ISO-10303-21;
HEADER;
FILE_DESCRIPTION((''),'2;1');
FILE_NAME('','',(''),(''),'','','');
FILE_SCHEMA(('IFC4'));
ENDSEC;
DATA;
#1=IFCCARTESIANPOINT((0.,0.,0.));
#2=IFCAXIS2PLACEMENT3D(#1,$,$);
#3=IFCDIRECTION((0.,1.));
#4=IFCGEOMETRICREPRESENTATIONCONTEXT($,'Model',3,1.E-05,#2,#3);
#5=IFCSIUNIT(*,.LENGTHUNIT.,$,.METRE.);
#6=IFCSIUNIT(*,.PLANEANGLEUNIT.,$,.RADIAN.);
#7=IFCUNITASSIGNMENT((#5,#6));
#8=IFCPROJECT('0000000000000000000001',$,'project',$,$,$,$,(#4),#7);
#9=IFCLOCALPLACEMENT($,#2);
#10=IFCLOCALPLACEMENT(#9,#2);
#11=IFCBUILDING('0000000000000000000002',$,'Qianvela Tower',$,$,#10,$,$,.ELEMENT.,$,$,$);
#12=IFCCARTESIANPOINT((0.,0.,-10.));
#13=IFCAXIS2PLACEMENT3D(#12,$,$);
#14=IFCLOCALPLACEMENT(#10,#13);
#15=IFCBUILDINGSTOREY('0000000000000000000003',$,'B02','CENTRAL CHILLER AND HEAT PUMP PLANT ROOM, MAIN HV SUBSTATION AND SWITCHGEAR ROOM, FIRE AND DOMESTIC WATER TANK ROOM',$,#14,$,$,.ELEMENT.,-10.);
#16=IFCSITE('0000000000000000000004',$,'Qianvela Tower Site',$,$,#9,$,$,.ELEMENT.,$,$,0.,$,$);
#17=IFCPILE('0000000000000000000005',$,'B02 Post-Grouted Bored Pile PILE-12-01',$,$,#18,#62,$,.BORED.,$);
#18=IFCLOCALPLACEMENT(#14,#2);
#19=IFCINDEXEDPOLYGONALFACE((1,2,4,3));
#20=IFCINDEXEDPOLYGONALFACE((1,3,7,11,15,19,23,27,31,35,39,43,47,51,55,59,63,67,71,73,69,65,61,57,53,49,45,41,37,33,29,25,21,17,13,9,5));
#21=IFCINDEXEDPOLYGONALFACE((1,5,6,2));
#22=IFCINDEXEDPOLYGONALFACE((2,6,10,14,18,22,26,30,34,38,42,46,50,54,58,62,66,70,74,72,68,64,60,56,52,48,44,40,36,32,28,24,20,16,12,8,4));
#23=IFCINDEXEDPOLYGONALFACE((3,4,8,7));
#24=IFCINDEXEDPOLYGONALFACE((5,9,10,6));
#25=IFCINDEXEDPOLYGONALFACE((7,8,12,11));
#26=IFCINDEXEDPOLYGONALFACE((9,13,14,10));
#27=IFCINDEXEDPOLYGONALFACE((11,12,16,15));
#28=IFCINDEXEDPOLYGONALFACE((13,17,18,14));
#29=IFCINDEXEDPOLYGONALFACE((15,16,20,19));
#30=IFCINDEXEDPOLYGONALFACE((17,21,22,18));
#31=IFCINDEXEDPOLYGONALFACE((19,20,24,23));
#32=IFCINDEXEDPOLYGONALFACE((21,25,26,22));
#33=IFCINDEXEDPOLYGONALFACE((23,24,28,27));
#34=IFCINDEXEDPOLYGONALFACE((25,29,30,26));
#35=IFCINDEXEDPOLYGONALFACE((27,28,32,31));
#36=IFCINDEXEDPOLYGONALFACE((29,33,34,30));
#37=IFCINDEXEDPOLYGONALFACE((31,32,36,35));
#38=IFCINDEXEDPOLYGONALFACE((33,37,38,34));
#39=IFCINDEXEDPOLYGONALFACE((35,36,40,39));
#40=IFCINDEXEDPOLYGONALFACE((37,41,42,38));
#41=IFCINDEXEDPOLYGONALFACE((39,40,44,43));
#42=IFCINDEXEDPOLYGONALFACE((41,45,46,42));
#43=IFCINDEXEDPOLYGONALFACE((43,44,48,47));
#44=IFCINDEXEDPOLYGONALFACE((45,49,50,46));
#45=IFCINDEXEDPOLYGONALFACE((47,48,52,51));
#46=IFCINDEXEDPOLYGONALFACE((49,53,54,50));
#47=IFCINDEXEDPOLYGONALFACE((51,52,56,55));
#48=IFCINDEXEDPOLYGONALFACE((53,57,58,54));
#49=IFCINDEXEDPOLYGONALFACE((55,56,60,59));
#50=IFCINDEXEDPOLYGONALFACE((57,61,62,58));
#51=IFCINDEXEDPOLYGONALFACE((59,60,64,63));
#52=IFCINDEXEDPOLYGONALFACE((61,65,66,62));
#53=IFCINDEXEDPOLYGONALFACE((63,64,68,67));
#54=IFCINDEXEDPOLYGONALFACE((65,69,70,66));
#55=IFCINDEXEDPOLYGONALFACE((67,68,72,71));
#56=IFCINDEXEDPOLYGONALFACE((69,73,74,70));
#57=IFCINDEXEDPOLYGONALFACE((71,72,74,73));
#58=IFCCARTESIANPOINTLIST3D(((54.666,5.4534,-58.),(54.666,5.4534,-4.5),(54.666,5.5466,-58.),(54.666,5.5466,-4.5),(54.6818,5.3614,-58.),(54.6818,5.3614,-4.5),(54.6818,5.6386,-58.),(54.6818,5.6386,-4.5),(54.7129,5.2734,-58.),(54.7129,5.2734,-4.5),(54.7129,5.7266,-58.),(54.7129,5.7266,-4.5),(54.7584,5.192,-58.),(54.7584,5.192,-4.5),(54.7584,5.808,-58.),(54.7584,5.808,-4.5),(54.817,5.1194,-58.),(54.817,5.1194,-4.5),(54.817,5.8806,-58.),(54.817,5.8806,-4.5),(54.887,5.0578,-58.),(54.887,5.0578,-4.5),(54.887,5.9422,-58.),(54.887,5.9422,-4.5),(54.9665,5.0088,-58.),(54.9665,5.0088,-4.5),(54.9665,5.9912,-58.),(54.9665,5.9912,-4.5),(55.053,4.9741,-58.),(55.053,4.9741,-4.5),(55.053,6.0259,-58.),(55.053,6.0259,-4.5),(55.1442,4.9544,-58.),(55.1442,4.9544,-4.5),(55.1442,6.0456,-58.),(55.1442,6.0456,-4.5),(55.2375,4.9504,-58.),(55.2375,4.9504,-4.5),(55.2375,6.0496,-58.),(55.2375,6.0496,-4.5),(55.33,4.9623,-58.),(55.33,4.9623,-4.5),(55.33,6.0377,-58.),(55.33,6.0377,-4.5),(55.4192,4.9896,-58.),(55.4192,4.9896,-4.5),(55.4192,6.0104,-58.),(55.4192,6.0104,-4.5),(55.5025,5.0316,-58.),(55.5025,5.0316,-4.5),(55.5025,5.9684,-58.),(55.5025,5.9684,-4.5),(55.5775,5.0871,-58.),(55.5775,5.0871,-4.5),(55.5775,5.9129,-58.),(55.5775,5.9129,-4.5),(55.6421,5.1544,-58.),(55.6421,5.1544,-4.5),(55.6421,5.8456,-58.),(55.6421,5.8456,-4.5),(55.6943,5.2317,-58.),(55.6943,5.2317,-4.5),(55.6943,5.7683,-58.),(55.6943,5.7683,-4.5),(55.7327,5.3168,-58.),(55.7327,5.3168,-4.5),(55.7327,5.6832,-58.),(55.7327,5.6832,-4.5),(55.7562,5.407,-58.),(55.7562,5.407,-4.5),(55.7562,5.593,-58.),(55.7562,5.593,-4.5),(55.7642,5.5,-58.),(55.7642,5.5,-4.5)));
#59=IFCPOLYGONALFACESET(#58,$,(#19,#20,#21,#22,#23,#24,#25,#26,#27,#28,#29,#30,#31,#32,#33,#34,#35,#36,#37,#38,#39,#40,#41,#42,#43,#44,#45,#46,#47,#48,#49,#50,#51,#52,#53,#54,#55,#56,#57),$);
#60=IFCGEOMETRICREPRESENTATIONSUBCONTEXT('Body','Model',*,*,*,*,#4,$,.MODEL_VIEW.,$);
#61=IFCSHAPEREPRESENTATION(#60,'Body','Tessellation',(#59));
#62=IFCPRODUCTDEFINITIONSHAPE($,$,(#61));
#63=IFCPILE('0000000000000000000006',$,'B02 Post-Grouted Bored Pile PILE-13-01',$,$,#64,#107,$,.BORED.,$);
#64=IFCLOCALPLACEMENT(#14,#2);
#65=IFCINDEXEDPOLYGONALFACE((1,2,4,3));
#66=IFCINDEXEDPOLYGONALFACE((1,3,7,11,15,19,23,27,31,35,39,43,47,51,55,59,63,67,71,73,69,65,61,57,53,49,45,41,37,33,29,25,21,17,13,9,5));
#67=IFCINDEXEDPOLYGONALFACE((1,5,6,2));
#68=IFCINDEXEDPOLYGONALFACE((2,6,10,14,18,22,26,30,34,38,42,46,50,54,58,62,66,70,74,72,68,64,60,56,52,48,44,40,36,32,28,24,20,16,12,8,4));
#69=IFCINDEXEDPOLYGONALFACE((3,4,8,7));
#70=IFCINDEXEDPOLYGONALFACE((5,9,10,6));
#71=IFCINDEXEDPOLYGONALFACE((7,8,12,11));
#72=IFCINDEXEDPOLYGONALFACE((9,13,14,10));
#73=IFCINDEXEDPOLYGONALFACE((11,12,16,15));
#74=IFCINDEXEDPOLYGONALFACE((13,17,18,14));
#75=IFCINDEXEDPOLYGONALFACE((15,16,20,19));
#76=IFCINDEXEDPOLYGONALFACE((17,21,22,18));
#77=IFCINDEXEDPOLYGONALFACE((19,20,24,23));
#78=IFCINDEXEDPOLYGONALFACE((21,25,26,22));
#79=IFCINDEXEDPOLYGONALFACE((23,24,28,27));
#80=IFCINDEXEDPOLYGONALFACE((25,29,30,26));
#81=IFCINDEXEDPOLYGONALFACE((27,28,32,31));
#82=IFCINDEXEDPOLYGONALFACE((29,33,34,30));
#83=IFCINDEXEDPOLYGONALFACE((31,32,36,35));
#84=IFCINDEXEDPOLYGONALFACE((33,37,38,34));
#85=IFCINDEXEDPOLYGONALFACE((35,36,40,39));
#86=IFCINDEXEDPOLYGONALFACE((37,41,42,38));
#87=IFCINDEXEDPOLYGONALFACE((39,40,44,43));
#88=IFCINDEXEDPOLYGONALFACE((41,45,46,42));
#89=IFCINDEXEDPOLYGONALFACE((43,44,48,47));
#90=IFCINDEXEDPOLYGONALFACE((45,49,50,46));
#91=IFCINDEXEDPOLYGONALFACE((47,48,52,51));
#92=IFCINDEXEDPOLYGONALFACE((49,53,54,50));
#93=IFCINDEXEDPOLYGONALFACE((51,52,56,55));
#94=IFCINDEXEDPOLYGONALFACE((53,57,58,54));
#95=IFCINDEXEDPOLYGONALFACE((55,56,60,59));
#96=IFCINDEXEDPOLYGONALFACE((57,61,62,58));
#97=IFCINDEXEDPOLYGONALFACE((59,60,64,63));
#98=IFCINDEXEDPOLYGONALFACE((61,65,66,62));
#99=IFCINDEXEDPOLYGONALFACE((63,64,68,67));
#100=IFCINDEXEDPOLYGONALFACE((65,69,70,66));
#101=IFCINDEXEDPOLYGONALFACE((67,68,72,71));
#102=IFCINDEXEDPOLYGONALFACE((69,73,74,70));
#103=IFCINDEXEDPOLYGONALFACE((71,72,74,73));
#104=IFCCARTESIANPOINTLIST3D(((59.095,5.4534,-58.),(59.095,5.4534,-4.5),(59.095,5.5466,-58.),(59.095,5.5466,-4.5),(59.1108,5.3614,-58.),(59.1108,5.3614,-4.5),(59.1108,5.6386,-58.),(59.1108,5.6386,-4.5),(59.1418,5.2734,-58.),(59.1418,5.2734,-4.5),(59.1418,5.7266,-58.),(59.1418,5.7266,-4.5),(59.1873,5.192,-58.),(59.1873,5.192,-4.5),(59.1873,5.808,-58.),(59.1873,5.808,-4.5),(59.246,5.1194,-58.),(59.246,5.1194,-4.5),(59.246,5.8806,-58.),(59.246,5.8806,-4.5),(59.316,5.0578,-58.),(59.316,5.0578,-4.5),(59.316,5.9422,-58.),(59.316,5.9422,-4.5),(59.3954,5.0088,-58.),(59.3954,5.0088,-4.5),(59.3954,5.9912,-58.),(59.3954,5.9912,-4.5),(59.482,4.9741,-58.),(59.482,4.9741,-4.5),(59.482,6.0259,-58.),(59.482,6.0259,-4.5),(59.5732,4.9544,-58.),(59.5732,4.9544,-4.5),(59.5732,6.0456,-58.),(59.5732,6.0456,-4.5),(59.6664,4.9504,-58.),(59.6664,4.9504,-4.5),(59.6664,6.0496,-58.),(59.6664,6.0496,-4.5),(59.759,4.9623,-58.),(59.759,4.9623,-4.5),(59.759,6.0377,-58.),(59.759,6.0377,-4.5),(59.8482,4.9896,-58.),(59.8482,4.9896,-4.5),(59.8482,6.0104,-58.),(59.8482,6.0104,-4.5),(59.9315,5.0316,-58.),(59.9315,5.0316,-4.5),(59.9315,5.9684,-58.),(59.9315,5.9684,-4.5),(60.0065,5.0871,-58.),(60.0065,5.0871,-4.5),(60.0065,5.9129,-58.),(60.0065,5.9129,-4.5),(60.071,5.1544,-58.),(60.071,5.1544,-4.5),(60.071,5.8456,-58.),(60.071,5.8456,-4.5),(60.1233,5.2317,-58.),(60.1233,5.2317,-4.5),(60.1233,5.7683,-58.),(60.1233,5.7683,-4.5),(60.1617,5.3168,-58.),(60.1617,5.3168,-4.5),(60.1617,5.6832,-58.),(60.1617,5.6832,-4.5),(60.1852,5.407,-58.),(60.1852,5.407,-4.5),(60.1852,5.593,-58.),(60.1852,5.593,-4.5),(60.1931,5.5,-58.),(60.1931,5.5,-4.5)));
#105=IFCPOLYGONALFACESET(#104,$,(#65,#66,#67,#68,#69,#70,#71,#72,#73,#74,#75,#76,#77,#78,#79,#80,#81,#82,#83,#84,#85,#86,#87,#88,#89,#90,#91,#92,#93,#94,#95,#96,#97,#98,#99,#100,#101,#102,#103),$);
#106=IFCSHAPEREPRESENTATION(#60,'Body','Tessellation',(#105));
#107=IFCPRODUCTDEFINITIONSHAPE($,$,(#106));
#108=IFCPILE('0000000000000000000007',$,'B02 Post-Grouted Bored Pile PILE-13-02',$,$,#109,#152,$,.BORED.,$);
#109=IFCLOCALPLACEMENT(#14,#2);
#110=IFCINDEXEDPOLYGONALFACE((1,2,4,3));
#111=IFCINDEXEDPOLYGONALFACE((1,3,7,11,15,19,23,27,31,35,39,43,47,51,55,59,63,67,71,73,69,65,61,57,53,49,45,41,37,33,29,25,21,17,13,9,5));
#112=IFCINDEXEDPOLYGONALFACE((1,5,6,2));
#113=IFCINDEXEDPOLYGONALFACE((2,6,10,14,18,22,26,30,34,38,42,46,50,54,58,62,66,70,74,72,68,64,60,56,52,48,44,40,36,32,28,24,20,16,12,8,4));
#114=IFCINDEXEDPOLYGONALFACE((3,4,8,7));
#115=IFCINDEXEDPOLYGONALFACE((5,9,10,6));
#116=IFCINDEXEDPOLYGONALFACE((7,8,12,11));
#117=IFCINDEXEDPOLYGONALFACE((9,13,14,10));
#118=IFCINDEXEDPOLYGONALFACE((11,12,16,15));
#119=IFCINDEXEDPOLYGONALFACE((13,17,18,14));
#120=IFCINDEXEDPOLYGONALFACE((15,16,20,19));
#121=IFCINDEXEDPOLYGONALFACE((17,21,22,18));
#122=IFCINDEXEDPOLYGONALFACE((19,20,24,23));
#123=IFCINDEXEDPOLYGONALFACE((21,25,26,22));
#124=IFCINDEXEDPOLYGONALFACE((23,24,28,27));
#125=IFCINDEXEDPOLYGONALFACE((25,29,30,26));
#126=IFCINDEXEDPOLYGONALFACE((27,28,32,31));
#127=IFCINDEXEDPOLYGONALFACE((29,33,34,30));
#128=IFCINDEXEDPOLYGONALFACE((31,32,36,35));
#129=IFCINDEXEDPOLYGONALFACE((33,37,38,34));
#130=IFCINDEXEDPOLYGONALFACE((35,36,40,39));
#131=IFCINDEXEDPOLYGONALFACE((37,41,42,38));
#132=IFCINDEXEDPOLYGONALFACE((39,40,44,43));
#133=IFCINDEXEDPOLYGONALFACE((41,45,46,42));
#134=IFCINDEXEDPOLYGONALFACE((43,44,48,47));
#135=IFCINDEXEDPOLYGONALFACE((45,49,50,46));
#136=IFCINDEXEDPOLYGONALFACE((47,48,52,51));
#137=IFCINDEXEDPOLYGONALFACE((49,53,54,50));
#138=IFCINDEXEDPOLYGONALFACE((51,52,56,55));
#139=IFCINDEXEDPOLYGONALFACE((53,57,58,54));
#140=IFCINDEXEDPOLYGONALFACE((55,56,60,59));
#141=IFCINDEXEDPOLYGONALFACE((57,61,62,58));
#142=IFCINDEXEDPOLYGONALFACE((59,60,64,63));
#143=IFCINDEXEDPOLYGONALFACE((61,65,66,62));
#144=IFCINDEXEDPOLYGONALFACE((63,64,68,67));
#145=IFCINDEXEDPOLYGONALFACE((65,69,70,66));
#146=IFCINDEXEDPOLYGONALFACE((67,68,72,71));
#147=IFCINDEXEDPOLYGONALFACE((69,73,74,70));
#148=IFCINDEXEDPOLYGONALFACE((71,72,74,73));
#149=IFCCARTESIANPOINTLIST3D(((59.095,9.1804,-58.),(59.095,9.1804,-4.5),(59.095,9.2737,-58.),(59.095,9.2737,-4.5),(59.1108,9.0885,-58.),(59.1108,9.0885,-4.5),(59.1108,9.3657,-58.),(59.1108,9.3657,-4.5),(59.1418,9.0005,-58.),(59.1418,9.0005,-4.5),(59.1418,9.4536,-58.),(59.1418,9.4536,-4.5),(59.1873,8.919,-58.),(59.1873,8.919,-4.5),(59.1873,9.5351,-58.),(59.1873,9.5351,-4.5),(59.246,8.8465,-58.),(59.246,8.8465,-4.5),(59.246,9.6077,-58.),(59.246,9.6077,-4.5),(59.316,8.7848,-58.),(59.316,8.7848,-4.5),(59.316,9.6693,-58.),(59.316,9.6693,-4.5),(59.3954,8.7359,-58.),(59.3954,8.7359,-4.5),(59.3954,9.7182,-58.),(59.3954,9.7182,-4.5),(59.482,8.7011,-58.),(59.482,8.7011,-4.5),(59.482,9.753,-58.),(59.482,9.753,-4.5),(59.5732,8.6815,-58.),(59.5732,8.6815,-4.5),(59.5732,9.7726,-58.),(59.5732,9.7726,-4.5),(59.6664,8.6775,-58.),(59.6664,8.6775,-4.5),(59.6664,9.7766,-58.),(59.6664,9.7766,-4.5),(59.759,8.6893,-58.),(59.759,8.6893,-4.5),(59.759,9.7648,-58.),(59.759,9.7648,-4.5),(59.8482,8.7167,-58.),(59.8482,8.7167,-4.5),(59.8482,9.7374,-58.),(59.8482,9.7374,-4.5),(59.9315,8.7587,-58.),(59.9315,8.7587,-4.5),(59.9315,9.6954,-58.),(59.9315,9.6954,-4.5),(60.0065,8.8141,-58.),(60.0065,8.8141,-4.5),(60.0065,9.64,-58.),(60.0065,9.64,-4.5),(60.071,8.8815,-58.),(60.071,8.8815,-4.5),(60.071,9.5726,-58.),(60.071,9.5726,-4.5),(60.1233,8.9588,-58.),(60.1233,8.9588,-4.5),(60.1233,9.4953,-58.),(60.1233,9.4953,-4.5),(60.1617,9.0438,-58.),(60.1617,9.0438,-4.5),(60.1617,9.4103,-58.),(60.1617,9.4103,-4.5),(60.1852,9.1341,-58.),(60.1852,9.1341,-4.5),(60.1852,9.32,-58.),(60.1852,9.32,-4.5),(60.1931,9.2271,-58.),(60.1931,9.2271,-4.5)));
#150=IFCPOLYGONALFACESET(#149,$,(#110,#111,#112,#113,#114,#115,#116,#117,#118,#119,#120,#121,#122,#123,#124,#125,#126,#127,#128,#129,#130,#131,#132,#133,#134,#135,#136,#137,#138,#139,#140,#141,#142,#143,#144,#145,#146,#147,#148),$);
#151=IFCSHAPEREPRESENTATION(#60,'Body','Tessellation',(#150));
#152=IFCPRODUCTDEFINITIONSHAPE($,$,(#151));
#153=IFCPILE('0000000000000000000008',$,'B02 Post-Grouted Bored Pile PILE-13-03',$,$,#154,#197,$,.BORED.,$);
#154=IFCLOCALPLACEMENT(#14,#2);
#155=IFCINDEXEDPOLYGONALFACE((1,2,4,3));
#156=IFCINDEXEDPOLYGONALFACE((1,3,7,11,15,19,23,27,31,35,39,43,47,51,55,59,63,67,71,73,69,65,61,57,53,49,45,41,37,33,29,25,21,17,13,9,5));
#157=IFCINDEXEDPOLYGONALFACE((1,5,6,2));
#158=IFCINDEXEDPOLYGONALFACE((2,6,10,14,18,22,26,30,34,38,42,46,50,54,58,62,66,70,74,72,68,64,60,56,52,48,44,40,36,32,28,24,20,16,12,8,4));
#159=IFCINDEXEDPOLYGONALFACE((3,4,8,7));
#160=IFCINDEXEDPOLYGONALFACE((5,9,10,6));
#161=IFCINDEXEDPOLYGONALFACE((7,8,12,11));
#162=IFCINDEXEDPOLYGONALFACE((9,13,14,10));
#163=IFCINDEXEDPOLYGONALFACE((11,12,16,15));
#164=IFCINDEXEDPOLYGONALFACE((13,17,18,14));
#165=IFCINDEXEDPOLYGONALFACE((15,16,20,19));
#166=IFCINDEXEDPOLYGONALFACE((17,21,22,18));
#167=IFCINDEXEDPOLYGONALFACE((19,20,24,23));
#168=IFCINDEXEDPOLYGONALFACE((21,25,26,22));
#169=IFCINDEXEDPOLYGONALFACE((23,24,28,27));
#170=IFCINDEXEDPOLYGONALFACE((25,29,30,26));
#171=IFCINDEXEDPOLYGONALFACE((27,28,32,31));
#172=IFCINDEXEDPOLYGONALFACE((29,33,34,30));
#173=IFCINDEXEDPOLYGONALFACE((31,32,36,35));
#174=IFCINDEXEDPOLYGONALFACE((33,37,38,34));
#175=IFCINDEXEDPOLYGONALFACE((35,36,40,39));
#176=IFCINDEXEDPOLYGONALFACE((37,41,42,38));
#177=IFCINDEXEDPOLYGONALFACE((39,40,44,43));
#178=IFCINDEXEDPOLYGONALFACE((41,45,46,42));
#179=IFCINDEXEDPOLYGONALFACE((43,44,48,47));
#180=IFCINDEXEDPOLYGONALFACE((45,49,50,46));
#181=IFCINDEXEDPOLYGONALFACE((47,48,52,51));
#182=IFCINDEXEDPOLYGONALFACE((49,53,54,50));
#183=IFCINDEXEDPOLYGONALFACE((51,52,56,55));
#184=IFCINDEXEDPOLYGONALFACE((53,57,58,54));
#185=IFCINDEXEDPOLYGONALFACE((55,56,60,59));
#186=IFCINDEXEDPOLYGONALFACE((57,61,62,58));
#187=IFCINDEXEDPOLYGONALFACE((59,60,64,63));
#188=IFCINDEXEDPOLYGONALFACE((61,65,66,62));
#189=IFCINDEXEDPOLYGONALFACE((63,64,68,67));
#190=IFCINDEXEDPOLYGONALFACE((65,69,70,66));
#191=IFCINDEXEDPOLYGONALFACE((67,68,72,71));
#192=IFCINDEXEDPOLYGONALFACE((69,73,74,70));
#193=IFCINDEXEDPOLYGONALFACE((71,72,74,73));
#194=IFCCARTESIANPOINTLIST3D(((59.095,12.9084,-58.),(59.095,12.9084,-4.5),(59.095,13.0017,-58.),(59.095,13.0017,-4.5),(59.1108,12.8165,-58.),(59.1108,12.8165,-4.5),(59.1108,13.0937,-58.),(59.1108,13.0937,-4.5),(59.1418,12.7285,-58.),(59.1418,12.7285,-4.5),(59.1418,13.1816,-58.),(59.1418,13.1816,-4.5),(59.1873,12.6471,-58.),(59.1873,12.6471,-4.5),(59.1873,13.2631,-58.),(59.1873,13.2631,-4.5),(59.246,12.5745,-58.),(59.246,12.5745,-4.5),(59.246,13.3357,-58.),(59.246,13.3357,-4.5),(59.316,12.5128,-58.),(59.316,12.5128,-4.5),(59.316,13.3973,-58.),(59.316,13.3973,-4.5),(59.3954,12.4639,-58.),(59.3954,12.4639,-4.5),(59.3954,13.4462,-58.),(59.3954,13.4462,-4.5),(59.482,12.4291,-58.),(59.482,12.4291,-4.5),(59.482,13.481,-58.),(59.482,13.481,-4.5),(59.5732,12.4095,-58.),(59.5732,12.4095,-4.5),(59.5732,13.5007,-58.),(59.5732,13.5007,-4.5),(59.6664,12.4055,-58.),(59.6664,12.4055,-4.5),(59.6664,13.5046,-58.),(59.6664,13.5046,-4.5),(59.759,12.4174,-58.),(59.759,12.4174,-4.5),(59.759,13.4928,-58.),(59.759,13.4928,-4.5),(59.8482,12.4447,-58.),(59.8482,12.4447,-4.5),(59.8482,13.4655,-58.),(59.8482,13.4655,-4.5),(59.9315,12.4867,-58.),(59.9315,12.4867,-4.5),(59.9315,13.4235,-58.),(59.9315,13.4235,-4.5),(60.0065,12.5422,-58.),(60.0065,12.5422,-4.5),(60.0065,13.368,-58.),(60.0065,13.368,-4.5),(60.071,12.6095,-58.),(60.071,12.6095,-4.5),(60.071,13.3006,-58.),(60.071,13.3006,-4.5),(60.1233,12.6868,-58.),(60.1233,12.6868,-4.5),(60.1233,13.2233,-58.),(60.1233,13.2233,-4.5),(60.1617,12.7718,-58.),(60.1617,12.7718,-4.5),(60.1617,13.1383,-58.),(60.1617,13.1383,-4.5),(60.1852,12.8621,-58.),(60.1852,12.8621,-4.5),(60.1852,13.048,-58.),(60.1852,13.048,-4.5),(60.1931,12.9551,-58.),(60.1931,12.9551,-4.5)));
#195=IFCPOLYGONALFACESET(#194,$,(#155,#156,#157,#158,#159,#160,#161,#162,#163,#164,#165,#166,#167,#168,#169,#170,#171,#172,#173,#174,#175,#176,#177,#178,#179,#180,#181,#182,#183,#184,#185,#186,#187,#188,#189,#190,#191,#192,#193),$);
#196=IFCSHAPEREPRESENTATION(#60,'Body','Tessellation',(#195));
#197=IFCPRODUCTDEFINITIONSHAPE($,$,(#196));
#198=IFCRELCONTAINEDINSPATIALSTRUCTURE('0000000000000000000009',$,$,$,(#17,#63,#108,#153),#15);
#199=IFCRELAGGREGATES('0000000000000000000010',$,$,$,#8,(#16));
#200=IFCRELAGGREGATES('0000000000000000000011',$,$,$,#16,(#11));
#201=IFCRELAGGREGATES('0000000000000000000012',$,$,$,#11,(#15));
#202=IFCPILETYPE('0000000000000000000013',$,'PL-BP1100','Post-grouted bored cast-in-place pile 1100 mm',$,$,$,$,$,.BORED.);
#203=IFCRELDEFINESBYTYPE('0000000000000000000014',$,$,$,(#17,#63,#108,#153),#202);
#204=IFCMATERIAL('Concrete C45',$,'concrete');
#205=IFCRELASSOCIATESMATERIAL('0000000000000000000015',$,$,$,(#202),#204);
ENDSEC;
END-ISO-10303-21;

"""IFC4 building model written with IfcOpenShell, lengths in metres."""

from ifc_helpers import new_model, si_unit, direction, frame, origin, origin_2d, place, context, subcontext, project, spatial, circle, extrude, material, material_profile, profile_set, type_object, element, save


model = new_model("IFC4")

# Units and contexts
model_context = context("Model", 3, precision=1e-05, world=origin(), true_north=direction((0.0, 1.0)))
body_context = subcontext(model_context, "Body", "Model", "MODEL_VIEW")
ifc_project = project(units=[si_unit("LENGTHUNIT", "METRE"), si_unit("PLANEANGLEUNIT", "RADIAN")], contexts=[model_context])

# Site, building, storey
site_placement = place(None, origin())
site = spatial("IfcSite", under=ifc_project, at=site_placement, Name="Qianvela Tower Site", CompositionType="ELEMENT", RefElevation=0.0)
building_placement = place(site_placement, origin())
building = spatial("IfcBuilding", under=site, at=building_placement, Name="Qianvela Tower", CompositionType="ELEMENT")
storey_placement = place(building_placement, frame((0.0, 0.0, -10.0)))
storey = spatial("IfcBuildingStorey", under=building, at=storey_placement, Name="B02", Description="CENTRAL CHILLER AND HEAT PUMP PLANT ROOM, MAIN HV SUBSTATION AND SWITCHGEAR ROOM, FIRE AND DOMESTIC WATER TANK ROOM", CompositionType="ELEMENT", Elevation=-10.0)

# Piles
ifc_material_1 = material(Name="Concrete C45", Category="concrete")
ifc_material_profile_1 = material_profile(ifc_material_1, circle(Radius=0.55, at=origin_2d()), Name="BP-1100")
ifc_profile_set_1 = profile_set([ifc_material_profile_1], Name="Concrete C45")
pile_type_1 = type_object("IfcPileType", Name="PL-BP1100", Description="Post-grouted bored cast-in-place pile 1100 mm", PredefinedType="BORED", material=ifc_profile_set_1)
for number, where, z_axis, x_axis, name in (
    (1, (55.2141, 5.5, -4.5), (0.0, 0.0, -1.0), (1.0, 0.0, 0.0), "B02 Post-Grouted Bored Pile PILE-12-01"),
    (2, (59.6431, 5.5, -4.5), (0.0, 0.0, -1.0), (1.0, 0.0, 0.0), "B02 Post-Grouted Bored Pile PILE-13-01"),
    (3, (59.6431, 9.2271, -4.5), (0.0, 0.0, -1.0), (1.0, 0.0, 0.0), "B02 Post-Grouted Bored Pile PILE-13-02"),
    (4, (59.6431, 12.9551, -4.5), (0.0, 0.0, -1.0), (1.0, 0.0, 0.0), "B02 Post-Grouted Bored Pile PILE-13-03"),
):
    element("IfcPile", number, at=place(storey_placement, frame(where, z_axis=z_axis, x_axis=x_axis)), inside=storey, type_object=pile_type_1, Name=name, PredefinedType="BORED", context=body_context, shape_type="SweptSolid", body=[
        extrude(circle(Radius=0.55, at=origin_2d()), origin(), (0.0, 0.0, 1.0), 53.5),
    ])

save(model, "model.ifc")
